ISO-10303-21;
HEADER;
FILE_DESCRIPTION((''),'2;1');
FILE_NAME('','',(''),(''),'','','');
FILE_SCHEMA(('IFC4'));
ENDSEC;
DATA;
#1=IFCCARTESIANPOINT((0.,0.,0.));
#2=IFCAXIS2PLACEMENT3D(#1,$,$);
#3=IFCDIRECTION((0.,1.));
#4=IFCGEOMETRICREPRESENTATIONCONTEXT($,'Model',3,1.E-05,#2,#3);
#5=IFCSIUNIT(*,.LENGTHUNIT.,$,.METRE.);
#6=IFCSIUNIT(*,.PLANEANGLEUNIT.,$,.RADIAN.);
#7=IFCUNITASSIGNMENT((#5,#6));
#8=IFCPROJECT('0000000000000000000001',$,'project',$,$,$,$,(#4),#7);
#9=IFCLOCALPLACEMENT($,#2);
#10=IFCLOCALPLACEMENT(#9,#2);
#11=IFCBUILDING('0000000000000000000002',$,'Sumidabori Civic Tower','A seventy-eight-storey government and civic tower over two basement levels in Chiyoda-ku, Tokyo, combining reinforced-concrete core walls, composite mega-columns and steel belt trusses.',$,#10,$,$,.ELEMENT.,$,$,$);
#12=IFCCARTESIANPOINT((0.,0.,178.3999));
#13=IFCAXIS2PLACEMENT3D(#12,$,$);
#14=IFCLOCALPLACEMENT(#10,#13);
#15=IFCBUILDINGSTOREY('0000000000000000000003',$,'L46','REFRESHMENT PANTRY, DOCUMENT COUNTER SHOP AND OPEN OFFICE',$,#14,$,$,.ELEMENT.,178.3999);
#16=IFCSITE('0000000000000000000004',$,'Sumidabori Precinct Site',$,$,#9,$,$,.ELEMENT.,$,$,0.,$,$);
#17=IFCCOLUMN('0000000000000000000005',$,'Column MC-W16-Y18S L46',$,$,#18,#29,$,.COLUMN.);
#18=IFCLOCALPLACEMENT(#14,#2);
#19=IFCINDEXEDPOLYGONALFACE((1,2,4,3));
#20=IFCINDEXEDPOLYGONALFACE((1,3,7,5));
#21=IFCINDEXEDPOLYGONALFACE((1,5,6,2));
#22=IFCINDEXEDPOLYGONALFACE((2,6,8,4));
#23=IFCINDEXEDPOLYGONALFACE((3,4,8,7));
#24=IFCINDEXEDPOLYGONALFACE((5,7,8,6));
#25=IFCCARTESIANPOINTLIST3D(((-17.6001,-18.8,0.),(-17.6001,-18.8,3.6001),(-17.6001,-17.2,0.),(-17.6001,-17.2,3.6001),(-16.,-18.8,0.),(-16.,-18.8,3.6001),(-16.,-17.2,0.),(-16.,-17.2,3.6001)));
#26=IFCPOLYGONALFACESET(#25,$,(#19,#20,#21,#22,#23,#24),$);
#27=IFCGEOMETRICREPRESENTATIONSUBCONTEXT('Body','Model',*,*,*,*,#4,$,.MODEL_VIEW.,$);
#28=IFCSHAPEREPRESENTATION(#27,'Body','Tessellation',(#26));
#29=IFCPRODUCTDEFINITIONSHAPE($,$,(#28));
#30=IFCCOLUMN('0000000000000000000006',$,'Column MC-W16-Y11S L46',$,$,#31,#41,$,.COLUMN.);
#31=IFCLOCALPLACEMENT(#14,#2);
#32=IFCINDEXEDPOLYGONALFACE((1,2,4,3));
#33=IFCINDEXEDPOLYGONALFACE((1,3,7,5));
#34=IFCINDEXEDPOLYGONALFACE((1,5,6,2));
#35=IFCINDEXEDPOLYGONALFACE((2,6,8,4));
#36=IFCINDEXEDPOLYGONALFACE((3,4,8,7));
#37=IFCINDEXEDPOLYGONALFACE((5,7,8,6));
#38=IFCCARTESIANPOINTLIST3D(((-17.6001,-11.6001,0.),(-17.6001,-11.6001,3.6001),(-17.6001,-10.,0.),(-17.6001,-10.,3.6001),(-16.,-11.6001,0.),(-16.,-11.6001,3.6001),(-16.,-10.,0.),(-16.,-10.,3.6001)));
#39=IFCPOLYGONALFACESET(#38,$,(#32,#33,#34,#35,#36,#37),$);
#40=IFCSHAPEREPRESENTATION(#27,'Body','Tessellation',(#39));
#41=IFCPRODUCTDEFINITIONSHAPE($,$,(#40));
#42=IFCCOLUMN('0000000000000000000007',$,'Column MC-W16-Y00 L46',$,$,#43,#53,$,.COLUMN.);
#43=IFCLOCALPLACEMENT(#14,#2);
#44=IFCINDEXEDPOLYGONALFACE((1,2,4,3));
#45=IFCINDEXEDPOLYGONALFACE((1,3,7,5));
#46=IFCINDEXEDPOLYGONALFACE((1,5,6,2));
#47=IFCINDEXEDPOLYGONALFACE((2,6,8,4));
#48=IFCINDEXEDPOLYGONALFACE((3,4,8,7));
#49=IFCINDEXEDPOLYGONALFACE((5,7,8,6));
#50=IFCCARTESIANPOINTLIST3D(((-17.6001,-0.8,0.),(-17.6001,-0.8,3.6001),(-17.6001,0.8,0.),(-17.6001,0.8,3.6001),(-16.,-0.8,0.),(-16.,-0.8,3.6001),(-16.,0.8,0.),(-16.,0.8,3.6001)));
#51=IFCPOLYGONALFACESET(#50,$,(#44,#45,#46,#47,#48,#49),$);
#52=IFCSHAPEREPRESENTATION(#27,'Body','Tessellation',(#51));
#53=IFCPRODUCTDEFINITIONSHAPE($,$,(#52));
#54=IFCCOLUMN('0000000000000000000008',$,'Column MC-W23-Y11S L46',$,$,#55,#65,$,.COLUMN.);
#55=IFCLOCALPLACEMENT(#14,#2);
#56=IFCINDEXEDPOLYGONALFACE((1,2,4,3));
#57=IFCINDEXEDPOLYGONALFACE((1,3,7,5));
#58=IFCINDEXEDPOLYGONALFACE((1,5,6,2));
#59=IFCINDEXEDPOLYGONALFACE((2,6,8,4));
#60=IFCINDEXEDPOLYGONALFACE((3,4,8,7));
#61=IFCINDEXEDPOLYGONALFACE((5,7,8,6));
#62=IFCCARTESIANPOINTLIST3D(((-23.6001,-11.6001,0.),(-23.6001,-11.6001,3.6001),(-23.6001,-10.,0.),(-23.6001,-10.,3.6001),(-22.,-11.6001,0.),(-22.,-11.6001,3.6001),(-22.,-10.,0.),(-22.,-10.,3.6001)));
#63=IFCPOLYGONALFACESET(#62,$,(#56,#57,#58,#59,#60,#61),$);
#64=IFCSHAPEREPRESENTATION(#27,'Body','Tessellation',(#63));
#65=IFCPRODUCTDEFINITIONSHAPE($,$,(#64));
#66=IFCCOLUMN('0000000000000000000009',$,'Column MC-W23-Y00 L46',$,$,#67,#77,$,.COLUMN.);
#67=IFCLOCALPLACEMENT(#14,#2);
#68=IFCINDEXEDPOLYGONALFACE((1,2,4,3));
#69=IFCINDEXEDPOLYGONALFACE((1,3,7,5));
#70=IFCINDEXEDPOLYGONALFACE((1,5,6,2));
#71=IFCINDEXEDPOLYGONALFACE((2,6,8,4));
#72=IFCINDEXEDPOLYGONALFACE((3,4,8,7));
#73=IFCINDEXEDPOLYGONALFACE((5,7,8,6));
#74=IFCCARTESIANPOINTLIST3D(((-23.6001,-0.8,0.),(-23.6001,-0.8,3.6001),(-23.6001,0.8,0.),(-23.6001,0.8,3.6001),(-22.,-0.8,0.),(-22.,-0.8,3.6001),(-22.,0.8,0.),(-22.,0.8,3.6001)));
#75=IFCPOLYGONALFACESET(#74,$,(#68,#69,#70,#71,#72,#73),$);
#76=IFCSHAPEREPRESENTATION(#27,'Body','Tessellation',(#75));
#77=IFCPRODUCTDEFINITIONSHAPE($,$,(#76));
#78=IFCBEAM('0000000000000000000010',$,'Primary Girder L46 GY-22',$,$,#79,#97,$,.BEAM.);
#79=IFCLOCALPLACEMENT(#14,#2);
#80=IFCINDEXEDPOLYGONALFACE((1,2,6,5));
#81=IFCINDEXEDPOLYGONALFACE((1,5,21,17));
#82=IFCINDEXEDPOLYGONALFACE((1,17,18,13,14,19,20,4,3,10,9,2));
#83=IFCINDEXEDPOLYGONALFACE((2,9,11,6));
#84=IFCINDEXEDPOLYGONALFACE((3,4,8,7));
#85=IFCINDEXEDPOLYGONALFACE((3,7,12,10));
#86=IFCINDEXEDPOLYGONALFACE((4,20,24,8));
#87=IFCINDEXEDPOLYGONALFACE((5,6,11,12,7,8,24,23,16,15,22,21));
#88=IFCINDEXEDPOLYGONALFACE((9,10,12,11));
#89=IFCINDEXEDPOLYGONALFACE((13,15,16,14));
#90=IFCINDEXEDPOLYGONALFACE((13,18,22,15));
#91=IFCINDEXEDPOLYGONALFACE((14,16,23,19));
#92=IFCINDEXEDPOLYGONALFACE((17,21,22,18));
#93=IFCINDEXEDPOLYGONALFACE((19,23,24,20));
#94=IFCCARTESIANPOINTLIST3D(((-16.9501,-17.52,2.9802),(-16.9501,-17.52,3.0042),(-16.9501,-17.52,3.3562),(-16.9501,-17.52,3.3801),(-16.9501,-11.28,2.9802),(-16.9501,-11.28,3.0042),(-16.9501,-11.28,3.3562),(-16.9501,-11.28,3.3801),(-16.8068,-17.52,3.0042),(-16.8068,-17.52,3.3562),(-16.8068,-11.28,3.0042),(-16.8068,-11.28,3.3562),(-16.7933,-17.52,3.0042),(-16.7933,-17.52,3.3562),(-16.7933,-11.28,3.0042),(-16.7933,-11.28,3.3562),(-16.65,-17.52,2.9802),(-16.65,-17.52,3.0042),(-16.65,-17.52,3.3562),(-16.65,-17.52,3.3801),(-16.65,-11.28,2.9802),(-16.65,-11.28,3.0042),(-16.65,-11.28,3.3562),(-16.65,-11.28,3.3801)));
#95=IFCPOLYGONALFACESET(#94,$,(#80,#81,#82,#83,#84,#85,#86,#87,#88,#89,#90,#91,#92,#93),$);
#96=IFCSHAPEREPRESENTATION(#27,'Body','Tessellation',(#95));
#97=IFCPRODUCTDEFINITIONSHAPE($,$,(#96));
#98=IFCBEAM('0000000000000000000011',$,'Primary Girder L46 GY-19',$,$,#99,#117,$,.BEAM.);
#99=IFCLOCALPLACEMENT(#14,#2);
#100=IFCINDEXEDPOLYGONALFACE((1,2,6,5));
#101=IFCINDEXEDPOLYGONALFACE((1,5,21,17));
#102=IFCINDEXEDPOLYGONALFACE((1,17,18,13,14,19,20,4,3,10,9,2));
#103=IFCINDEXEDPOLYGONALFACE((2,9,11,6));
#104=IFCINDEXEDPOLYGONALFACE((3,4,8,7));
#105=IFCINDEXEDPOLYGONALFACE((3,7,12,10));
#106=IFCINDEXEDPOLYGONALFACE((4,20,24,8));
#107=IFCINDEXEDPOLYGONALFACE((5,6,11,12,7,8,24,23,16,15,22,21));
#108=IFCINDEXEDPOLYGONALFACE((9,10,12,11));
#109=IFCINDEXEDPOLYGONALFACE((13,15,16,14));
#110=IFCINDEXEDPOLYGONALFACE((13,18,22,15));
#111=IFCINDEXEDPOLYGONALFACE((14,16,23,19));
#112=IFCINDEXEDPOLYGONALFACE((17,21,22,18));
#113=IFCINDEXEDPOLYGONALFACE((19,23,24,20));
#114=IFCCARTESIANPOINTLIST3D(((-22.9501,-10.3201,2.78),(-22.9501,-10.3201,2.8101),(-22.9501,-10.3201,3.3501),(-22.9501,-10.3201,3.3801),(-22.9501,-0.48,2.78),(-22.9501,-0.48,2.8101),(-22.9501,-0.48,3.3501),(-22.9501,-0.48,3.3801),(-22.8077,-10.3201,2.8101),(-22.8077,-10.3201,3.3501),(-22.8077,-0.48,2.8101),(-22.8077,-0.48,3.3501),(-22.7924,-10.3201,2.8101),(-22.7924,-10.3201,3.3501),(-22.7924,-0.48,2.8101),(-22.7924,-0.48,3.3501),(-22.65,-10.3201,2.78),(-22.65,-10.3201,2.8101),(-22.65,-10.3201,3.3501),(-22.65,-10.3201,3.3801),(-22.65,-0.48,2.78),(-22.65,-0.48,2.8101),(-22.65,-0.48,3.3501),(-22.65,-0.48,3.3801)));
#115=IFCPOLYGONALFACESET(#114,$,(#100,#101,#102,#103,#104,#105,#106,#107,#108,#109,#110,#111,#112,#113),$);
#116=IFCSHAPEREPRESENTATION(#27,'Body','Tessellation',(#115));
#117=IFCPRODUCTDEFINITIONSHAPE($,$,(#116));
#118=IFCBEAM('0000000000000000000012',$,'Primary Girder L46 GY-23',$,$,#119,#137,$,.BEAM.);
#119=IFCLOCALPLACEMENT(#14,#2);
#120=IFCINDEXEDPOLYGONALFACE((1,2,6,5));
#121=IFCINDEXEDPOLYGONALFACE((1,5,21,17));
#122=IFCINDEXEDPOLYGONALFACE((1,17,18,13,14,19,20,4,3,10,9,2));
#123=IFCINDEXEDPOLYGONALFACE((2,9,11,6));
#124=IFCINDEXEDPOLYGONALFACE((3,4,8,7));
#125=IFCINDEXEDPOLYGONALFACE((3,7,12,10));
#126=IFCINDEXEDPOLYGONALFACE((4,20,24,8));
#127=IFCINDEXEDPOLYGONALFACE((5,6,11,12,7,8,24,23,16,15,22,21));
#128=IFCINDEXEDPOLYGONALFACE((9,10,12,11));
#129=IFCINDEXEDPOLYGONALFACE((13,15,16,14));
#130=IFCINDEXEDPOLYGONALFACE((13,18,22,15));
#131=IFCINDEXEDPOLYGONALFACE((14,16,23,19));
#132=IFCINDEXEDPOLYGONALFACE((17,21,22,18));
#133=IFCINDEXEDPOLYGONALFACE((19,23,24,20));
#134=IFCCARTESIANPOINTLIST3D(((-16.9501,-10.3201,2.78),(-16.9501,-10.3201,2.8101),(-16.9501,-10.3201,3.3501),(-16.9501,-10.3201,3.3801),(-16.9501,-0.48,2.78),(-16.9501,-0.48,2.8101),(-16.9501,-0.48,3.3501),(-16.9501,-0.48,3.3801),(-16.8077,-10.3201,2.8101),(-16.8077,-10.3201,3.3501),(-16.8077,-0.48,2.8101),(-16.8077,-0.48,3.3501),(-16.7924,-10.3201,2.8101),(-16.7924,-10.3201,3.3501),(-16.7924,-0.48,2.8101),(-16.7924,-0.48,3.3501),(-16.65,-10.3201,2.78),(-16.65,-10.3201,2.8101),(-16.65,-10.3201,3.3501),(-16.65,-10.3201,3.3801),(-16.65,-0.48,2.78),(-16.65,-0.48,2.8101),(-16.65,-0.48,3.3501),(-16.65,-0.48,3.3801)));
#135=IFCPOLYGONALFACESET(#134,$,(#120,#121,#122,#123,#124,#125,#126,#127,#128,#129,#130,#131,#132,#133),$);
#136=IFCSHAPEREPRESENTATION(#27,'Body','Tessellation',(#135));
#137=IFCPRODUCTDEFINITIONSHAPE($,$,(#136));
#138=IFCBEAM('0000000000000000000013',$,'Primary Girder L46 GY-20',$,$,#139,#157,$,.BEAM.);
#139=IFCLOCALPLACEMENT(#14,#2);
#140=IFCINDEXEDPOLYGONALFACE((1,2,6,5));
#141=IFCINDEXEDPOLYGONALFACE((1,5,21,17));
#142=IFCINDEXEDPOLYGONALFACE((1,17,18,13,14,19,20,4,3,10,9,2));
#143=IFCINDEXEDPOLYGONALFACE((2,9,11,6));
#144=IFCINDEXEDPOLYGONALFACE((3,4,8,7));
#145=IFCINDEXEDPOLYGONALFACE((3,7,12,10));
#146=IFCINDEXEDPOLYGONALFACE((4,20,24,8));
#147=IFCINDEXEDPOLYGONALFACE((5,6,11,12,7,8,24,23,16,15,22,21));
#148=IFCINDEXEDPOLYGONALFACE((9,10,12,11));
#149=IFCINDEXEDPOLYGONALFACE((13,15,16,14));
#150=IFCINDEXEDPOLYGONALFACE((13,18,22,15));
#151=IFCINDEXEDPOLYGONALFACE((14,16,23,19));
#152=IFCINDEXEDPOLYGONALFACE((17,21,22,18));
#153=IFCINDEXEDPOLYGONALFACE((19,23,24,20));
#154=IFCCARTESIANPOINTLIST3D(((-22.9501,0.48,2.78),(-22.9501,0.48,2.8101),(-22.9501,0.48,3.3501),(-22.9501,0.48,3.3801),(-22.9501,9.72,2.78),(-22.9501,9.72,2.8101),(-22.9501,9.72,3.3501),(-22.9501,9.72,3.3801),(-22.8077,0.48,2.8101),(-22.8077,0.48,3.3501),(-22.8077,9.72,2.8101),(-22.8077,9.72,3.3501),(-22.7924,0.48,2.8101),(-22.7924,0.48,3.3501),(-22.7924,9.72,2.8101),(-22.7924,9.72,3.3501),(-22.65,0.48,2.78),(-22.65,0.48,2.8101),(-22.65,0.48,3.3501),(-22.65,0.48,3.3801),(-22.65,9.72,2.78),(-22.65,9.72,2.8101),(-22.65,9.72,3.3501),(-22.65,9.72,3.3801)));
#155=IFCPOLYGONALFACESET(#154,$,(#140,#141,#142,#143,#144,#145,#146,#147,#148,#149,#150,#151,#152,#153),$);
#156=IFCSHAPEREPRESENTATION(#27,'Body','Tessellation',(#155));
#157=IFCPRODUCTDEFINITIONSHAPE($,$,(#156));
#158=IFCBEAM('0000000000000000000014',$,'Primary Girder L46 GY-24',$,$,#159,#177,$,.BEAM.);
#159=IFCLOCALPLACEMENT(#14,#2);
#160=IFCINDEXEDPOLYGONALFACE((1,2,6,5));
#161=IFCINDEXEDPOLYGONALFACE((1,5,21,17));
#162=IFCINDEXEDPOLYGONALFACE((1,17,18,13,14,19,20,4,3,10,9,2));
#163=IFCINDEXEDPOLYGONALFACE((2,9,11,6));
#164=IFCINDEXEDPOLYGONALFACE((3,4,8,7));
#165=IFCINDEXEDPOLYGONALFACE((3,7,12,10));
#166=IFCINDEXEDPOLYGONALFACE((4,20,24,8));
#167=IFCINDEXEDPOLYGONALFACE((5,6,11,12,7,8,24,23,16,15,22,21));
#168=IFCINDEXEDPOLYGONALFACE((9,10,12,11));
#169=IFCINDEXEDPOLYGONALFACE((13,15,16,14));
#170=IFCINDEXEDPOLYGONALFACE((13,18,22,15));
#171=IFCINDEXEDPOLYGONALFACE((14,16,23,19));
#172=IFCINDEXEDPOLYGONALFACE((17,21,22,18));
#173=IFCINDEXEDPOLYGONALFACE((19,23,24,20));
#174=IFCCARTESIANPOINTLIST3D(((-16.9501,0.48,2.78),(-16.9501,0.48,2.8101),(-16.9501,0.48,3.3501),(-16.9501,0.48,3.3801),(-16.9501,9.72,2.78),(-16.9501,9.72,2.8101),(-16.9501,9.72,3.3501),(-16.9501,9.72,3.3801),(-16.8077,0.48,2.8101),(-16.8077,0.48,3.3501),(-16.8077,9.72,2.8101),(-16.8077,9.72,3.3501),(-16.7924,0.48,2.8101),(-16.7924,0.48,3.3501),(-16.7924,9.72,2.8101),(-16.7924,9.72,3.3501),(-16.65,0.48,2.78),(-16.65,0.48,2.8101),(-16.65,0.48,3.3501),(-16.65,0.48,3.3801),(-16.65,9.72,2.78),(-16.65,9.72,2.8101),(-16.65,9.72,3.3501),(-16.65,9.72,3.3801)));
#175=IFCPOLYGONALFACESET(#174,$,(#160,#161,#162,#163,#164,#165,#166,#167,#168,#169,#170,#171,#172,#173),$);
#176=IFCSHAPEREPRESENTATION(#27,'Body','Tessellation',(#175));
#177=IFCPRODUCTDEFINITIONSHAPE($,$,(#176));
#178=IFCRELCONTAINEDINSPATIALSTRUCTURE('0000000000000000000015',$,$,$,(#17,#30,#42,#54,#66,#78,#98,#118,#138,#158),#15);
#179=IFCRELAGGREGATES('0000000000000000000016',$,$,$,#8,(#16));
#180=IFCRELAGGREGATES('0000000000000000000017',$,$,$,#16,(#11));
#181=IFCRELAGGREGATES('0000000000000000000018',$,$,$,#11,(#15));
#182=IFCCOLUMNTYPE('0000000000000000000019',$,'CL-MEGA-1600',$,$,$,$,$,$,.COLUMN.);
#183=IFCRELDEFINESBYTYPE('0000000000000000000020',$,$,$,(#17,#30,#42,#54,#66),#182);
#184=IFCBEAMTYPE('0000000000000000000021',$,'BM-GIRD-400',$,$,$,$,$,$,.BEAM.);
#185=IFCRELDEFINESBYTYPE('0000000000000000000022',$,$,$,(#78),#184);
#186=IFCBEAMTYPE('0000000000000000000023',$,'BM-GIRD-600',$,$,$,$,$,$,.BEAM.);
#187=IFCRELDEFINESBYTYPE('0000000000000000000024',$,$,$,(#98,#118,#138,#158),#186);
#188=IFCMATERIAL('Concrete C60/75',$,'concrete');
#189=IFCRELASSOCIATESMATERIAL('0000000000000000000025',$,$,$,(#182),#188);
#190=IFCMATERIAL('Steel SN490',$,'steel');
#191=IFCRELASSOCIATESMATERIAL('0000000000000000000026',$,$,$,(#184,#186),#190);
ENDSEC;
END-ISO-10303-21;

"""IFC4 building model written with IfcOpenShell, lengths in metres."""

from ifc_helpers import new_model, si_unit, direction, frame, origin, origin_2d, place, context, subcontext, project, spatial, rectangle, i_section, extrude, source, transform, mapped, material, material_profile, profile_set, type_object, element, save


model = new_model("IFC4")

# Units and contexts
model_context = context("Model", 3, precision=1e-05, world=origin(), true_north=direction((0.0, 1.0)))
body_context = subcontext(model_context, "Body", "Model", "MODEL_VIEW")
ifc_project = project(units=[si_unit("LENGTHUNIT", "METRE"), si_unit("PLANEANGLEUNIT", "RADIAN")], contexts=[model_context])

# Site, building, storey
site_placement = place(None, origin())
site = spatial("IfcSite", under=ifc_project, at=site_placement, Name="Sumidabori Precinct Site", CompositionType="ELEMENT", RefElevation=0.0)
building_placement = place(site_placement, origin())
building = spatial("IfcBuilding", under=site, at=building_placement, Name="Sumidabori Civic Tower", Description="A seventy-eight-storey government and civic tower over two basement levels in Chiyoda-ku, Tokyo, combining reinforced-concrete core walls, composite mega-columns and steel belt trusses.", CompositionType="ELEMENT")
storey_placement = place(building_placement, frame((0.0, 0.0, 178.3999)))
storey = spatial("IfcBuildingStorey", under=building, at=storey_placement, Name="L46", Description="REFRESHMENT PANTRY, DOCUMENT COUNTER SHOP AND OPEN OFFICE", CompositionType="ELEMENT", Elevation=178.3999)

# Columns
ifc_material_1 = material(Name="Concrete C60/75", Category="concrete")
ifc_material_profile_1 = material_profile(ifc_material_1, rectangle(XDim=1.6001, YDim=1.6001, at=origin_2d()), Name="RC 1600x1600")
ifc_profile_set_1 = profile_set([ifc_material_profile_1], Name="Concrete C60/75")
column_type = type_object("IfcColumnType", Name="CL-MEGA-1600", PredefinedType="COLUMN", material=ifc_profile_set_1)
shared_shape_1 = source(origin(), body_context, "Body", "SweptSolid", [
    extrude(rectangle(XDim=1.6001, YDim=1.6001, at=origin_2d()), origin(), (0.0, 0.0, 1.0), 3.6001),
])
for number, where, z_axis, x_axis, name in (
    (1, (-16.8, -18.0, 0.0), (0.0, 0.0, 1.0), (1.0, 0.0, 0.0), "Column MC-W16-Y18S L46"),
    (2, (-16.8, -10.8, 0.0), (0.0, 0.0, 1.0), (1.0, 0.0, 0.0), "Column MC-W16-Y11S L46"),
    (3, (-16.8, 0.0, 0.0), (0.0, 0.0, 1.0), (1.0, 0.0, 0.0), "Column MC-W16-Y00 L46"),
    (4, (-22.8, -10.8, 0.0), (0.0, 0.0, 1.0), (1.0, 0.0, 0.0), "Column MC-W23-Y11S L46"),
    (5, (-22.8, 0.0, 0.0), (0.0, 0.0, 1.0), (1.0, 0.0, 0.0), "Column MC-W23-Y00 L46"),
):
    element("IfcColumn", number, at=place(storey_placement, frame(where, z_axis=z_axis, x_axis=x_axis)), inside=storey, type_object=column_type, Name=name, PredefinedType="COLUMN", context=body_context, shape_type="MappedRepresentation", body=[
        mapped(shared_shape_1, transform((0.0, 0.0, 0.0), x_axis=(1.0, 0.0, 0.0), y_axis=(0.0, 1.0, 0.0), z_axis=(0.0, 0.0, 1.0), scale=1.0)),
    ])

# Beams
ifc_material_2 = material(Name="Steel SN490", Category="steel")
ifc_material_profile_2 = material_profile(ifc_material_2, i_section(OverallWidth=0.3, OverallDepth=0.3999, WebThickness=0.0134, FlangeThickness=0.0239, at=origin_2d()), Name="HE 400 B")
ifc_profile_set_2 = profile_set([ifc_material_profile_2], Name="Steel SN490")
beam_type_1 = type_object("IfcBeamType", Name="BM-GIRD-400", PredefinedType="BEAM", material=ifc_profile_set_2)
shared_shape_2 = source(origin(), body_context, "Body", "SweptSolid", [
    extrude(i_section(OverallWidth=0.3, OverallDepth=0.3999, WebThickness=0.0134, FlangeThickness=0.0239, at=origin_2d()), origin(), (0.0, 0.0, 1.0), 6.24),
])
beam_placement = place(storey_placement, frame((-16.8, -17.52, 3.1802), z_axis=(0.0, 1.0, 0.0), x_axis=(-1.0, 0.0, 0.0)))
element("IfcBeam", 6, at=beam_placement, inside=storey, type_object=beam_type_1, Name="Primary Girder L46 GY-22", PredefinedType="BEAM", context=body_context, shape_type="MappedRepresentation", body=[
    mapped(shared_shape_2, transform((0.0, 0.0, 0.0), x_axis=(1.0, 0.0, 0.0), y_axis=(0.0, 1.0, 0.0), z_axis=(0.0, 0.0, 1.0), scale=1.0)),
])
ifc_material_profile_3 = material_profile(ifc_material_2, i_section(OverallWidth=0.3, OverallDepth=0.6001, WebThickness=0.0154, FlangeThickness=0.03, at=origin_2d()), Name="HE 600 B")
ifc_profile_set_3 = profile_set([ifc_material_profile_3], Name="Steel SN490")
beam_type_2 = type_object("IfcBeamType", Name="BM-GIRD-600", PredefinedType="BEAM", material=ifc_profile_set_3)
shared_shape_3 = source(origin(), body_context, "Body", "SweptSolid", [
    extrude(i_section(OverallWidth=0.3, OverallDepth=0.6001, WebThickness=0.0154, FlangeThickness=0.03, at=origin_2d()), origin(), (0.0, 0.0, 1.0), 9.8401),
])
for number, where, z_axis, x_axis, name in (
    (7, (-22.8, -10.3201, 3.0801), (0.0, 1.0, 0.0), (-1.0, 0.0, 0.0), "Primary Girder L46 GY-19"),
    (8, (-16.8, -10.3201, 3.0801), (0.0, 1.0, 0.0), (-1.0, 0.0, 0.0), "Primary Girder L46 GY-23"),
):
    element("IfcBeam", number, at=place(storey_placement, frame(where, z_axis=z_axis, x_axis=x_axis)), inside=storey, type_object=beam_type_2, Name=name, PredefinedType="BEAM", context=body_context, shape_type="MappedRepresentation", body=[
        mapped(shared_shape_3, transform((0.0, 0.0, 0.0), x_axis=(1.0, 0.0, 0.0), y_axis=(0.0, 1.0, 0.0), z_axis=(0.0, 0.0, 1.0), scale=1.0)),
    ])
shared_shape_4 = source(origin(), body_context, "Body", "SweptSolid", [
    extrude(i_section(OverallWidth=0.3, OverallDepth=0.6001, WebThickness=0.0154, FlangeThickness=0.03, at=origin_2d()), origin(), (0.0, 0.0, 1.0), 9.24),
])
for number, where, z_axis, x_axis, name in (
    (9, (-22.8, 0.48, 3.0801), (0.0, 1.0, 0.0), (-1.0, 0.0, 0.0), "Primary Girder L46 GY-20"),
    (10, (-16.8, 0.48, 3.0801), (0.0, 1.0, 0.0), (-1.0, 0.0, 0.0), "Primary Girder L46 GY-24"),
):
    element("IfcBeam", number, at=place(storey_placement, frame(where, z_axis=z_axis, x_axis=x_axis)), inside=storey, type_object=beam_type_2, Name=name, PredefinedType="BEAM", context=body_context, shape_type="MappedRepresentation", body=[
        mapped(shared_shape_4, transform((0.0, 0.0, 0.0), x_axis=(1.0, 0.0, 0.0), y_axis=(0.0, 1.0, 0.0), z_axis=(0.0, 0.0, 1.0), scale=1.0)),
    ])

save(model, "model.ifc")
